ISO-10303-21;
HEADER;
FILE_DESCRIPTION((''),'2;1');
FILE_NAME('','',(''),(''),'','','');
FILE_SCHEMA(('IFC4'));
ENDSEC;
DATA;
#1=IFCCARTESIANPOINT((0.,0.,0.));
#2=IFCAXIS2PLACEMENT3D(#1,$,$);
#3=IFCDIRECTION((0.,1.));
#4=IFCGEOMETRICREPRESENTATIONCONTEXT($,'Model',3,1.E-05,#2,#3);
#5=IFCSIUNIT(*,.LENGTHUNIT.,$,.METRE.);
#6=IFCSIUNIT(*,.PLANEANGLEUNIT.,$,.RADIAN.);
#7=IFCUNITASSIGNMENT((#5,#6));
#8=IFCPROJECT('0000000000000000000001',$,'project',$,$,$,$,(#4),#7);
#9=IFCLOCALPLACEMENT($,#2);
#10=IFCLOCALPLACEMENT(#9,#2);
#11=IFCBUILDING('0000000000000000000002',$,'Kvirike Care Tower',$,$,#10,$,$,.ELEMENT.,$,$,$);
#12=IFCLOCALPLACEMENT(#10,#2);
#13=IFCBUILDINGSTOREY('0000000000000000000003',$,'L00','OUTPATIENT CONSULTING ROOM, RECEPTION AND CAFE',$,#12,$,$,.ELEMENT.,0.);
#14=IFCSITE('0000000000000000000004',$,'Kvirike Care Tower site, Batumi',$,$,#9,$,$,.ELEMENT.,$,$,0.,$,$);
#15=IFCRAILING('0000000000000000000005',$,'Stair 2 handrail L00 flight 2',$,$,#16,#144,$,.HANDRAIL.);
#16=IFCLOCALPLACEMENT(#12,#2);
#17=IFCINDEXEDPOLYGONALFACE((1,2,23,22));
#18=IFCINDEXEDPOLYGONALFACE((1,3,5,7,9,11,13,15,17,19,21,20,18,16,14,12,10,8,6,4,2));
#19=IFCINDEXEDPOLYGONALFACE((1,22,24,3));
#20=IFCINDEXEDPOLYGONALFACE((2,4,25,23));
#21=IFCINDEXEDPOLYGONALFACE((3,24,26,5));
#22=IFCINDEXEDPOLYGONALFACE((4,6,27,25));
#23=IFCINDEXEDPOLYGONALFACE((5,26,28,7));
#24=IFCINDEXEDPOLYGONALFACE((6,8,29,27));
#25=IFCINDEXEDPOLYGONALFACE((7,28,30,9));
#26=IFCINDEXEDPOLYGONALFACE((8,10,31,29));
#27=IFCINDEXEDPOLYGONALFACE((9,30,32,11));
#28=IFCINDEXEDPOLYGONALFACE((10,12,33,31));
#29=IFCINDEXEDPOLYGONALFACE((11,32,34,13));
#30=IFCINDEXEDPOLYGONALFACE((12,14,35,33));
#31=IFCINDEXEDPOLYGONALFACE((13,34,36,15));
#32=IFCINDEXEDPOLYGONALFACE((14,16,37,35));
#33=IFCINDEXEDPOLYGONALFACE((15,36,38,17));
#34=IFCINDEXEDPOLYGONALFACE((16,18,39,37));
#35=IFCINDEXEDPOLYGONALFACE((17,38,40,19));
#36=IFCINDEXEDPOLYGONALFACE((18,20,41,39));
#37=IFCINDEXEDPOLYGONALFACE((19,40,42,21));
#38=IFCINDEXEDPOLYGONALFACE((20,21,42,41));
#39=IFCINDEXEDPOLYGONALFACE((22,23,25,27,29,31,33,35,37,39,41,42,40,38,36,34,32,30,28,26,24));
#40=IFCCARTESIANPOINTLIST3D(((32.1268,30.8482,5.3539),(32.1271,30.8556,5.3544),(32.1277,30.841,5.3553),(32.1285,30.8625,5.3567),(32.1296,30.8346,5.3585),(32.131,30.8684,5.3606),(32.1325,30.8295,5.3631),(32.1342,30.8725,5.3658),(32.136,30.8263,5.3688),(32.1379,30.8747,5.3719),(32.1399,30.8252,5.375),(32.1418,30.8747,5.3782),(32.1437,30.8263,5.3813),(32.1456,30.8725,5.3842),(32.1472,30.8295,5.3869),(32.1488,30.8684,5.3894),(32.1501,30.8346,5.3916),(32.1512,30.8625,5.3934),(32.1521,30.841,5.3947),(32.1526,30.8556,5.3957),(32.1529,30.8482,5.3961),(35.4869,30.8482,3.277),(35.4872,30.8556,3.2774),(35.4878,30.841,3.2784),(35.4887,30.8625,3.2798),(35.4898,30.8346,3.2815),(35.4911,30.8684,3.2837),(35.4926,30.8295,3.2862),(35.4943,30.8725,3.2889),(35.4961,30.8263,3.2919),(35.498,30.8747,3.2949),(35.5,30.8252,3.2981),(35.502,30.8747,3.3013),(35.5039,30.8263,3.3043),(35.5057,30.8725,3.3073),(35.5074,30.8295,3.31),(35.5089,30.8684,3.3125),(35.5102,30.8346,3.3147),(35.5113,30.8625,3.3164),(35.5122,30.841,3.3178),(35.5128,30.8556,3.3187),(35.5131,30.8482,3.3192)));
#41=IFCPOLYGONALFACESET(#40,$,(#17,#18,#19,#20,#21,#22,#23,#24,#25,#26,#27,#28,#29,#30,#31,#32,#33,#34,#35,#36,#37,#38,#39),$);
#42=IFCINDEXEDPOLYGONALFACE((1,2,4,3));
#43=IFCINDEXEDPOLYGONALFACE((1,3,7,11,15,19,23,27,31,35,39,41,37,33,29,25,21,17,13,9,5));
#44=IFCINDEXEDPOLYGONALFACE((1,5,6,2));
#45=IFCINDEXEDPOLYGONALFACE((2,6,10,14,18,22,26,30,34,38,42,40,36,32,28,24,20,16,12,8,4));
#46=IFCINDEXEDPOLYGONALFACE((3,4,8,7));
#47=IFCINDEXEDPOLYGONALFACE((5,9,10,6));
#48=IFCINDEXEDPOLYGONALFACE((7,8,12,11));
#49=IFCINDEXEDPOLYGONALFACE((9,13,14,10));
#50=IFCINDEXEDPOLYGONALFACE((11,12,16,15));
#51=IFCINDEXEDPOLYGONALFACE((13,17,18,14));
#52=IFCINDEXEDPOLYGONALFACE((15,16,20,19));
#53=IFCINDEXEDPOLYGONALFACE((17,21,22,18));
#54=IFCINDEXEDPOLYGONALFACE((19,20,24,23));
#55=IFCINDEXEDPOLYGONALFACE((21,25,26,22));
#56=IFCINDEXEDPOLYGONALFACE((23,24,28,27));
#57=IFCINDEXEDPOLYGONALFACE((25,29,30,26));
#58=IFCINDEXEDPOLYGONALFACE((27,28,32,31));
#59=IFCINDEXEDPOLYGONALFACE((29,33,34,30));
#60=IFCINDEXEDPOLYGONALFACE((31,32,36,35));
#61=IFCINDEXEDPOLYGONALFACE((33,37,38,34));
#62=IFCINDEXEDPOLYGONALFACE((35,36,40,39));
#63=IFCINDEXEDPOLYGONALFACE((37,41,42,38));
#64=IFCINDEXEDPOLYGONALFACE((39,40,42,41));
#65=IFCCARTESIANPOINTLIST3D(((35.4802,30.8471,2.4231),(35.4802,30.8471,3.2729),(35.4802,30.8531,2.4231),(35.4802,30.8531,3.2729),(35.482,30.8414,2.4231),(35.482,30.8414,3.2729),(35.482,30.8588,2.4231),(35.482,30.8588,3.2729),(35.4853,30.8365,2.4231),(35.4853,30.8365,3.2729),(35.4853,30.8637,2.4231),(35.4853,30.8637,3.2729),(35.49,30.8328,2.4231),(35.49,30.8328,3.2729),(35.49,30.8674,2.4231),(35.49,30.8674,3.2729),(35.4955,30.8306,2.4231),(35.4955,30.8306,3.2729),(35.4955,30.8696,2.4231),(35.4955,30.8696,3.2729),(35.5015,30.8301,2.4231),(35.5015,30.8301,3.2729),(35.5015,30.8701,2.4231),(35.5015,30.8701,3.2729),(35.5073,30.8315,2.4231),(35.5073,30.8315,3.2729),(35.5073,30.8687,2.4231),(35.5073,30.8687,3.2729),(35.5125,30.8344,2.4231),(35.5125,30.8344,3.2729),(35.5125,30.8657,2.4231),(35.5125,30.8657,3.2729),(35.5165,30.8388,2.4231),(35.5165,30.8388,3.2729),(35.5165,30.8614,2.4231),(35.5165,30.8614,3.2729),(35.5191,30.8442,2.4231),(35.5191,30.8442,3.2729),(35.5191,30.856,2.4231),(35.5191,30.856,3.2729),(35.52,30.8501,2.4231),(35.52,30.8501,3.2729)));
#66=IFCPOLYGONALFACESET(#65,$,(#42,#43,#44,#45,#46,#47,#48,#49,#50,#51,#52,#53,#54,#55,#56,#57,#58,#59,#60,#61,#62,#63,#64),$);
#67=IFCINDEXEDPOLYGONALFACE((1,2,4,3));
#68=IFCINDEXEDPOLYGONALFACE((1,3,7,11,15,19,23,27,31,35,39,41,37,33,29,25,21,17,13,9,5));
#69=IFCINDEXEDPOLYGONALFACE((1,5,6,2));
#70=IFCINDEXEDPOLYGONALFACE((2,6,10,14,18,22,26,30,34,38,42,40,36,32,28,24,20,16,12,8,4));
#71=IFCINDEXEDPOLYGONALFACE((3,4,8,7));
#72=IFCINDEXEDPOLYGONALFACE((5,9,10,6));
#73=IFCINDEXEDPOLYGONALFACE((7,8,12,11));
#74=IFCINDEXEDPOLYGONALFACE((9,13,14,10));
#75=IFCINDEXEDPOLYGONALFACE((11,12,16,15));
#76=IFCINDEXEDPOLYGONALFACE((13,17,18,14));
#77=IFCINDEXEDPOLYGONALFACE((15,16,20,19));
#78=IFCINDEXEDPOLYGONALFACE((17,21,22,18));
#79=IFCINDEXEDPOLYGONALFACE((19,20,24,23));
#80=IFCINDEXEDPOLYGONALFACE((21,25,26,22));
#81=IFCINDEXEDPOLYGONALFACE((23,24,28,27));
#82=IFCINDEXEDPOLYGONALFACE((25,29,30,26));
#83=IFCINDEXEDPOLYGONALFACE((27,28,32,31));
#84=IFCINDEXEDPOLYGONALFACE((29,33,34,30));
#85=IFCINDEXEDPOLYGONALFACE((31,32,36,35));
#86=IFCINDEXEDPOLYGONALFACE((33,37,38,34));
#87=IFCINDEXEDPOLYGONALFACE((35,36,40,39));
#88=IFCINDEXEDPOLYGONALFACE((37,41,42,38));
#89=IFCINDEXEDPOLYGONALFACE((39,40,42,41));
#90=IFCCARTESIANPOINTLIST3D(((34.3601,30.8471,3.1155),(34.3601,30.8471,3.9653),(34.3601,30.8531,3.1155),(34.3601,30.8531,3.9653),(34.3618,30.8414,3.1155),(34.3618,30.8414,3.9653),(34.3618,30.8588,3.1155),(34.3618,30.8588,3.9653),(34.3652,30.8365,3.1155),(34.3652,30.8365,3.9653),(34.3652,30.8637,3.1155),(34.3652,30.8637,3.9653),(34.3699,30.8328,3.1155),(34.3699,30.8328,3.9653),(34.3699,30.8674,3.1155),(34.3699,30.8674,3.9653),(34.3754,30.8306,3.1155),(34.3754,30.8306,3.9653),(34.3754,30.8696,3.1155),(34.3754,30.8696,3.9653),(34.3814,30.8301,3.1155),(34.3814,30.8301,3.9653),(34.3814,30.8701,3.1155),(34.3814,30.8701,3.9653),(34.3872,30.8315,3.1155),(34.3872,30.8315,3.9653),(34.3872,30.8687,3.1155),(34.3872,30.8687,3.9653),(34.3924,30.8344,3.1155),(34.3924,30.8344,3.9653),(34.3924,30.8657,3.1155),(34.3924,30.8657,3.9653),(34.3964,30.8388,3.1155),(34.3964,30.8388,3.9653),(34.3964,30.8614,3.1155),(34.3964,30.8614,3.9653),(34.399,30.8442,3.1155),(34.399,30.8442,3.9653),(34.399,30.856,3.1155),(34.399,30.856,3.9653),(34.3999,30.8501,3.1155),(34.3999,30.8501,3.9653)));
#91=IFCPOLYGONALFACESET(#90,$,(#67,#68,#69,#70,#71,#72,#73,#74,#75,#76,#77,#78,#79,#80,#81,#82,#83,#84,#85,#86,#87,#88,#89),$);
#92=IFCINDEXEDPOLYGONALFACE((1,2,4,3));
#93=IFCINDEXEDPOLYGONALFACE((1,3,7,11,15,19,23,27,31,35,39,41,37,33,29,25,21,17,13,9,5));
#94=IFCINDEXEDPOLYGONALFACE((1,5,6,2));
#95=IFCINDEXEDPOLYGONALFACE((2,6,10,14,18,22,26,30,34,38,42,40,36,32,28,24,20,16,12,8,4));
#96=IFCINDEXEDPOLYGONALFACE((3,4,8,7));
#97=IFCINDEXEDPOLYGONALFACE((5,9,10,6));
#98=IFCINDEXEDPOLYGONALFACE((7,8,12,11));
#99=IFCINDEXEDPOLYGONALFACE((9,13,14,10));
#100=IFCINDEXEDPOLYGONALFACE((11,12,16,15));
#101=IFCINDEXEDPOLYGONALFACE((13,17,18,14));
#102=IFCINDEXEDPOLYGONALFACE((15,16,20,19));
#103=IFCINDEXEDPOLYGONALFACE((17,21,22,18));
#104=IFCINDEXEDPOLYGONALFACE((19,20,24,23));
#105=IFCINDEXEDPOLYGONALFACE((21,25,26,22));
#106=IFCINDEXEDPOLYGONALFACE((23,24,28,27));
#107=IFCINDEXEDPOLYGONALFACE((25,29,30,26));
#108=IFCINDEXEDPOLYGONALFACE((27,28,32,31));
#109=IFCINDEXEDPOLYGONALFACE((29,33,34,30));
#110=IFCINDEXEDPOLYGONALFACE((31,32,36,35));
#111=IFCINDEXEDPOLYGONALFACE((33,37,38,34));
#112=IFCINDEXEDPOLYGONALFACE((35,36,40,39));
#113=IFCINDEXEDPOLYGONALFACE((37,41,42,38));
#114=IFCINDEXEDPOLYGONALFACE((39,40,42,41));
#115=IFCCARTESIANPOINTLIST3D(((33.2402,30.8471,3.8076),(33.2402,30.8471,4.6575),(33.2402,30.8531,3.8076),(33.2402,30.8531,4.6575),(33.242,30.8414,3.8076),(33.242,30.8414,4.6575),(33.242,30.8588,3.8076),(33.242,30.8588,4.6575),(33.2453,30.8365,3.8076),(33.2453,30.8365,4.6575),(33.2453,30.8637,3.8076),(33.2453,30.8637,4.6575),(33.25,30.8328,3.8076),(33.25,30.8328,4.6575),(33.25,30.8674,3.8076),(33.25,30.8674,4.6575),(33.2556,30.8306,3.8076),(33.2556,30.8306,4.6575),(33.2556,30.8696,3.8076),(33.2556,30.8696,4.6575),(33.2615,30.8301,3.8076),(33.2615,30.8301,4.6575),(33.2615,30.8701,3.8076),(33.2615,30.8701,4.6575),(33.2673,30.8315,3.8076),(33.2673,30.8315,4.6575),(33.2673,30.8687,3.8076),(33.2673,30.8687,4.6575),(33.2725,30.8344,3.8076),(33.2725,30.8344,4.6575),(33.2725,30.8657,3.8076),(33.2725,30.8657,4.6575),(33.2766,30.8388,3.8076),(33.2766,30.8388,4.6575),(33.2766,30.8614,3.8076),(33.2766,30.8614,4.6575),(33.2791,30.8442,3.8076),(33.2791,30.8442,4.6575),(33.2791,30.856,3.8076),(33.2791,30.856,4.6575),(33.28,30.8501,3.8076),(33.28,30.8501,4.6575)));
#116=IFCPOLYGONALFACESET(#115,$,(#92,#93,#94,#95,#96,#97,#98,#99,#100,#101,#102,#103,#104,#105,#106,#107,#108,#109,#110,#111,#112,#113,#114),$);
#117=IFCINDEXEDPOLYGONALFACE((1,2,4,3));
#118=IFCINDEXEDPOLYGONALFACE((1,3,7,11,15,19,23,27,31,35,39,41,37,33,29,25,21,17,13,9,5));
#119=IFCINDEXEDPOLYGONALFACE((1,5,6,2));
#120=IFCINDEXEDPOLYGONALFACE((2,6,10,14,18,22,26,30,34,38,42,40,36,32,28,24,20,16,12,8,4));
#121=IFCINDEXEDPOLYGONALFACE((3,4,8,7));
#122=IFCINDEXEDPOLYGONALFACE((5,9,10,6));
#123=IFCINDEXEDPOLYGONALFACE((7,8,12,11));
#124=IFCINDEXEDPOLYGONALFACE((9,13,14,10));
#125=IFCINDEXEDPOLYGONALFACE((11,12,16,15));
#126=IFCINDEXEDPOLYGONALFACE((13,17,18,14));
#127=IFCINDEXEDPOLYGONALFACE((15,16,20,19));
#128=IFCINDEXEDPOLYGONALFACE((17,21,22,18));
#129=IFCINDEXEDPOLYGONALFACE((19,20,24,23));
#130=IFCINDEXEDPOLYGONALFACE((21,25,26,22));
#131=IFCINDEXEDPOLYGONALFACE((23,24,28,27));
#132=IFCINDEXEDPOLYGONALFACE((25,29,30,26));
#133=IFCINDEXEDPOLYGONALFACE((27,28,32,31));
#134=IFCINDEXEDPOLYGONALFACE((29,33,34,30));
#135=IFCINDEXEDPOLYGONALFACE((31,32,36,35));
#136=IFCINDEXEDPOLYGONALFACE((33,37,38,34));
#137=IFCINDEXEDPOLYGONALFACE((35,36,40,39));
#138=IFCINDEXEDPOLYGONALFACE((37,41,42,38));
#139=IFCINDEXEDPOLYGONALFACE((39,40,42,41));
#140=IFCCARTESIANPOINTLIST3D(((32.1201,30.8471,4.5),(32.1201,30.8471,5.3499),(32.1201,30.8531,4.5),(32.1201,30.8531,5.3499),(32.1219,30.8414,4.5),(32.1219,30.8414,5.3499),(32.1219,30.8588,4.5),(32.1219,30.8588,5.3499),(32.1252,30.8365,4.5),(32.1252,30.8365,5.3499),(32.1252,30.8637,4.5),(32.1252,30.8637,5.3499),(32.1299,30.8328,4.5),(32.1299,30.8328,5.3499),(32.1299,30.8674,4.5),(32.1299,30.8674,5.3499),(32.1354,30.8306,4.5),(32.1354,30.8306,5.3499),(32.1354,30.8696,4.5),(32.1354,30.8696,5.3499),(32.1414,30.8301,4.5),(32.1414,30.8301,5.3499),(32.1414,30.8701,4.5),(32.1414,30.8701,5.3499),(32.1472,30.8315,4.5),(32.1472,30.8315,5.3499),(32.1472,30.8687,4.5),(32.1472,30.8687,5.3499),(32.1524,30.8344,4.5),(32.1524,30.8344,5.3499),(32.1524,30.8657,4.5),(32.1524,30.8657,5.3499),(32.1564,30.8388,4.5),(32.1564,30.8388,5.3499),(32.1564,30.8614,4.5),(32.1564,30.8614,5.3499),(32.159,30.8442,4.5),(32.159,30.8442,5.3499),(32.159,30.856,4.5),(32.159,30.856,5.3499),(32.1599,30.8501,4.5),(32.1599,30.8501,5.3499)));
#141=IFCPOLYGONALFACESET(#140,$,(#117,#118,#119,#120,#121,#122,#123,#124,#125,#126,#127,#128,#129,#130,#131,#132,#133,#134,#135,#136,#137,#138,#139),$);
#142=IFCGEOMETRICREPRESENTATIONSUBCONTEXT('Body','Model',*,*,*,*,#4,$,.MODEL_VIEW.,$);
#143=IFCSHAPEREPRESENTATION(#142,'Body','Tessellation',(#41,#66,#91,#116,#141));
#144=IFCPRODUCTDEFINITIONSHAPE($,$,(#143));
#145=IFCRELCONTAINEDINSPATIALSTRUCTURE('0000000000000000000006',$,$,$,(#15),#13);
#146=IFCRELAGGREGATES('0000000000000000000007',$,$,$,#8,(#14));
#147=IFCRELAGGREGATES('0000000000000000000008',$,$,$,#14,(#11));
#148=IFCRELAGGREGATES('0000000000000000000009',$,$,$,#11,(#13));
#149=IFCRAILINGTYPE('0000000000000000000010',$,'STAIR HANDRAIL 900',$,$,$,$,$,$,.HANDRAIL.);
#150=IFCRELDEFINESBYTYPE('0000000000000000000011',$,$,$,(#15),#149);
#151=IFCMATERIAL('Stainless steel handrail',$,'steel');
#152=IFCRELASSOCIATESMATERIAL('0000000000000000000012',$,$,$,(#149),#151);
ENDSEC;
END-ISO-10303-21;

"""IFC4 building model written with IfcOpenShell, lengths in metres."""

from ifc_helpers import new_model, si_unit, direction, frame, origin, origin_2d, place, context, subcontext, project, spatial, circle, extrude, material, type_object, element, save


model = new_model("IFC4")

# Units and contexts
model_context = context("Model", 3, precision=1e-05, world=origin(), true_north=direction((0.0, 1.0)))
body_context = subcontext(model_context, "Body", "Model", "MODEL_VIEW")
ifc_project = project(units=[si_unit("LENGTHUNIT", "METRE"), si_unit("PLANEANGLEUNIT", "RADIAN")], contexts=[model_context])

# Site, building, storey
site_placement = place(None, origin())
site = spatial("IfcSite", under=ifc_project, at=site_placement, Name="Kvirike Care Tower site, Batumi", CompositionType="ELEMENT", RefElevation=0.0)
building_placement = place(site_placement, origin())
building = spatial("IfcBuilding", under=site, at=building_placement, Name="Kvirike Care Tower", CompositionType="ELEMENT")
storey_placement = place(building_placement, origin())
storey = spatial("IfcBuildingStorey", under=building, at=storey_placement, Name="L00", Description="OUTPATIENT CONSULTING ROOM, RECEPTION AND CAFE", CompositionType="ELEMENT", Elevation=0.0)

# Railing
ifc_material_1 = material(Name="Stainless steel handrail", Category="steel")
railing_type = type_object("IfcRailingType", Name="STAIR HANDRAIL 900", PredefinedType="HANDRAIL", material=ifc_material_1)
railing_placement = place(storey_placement, frame((35.5, 30.8501, 2.4231)))
element("IfcRailing", 1, at=railing_placement, inside=storey, type_object=railing_type, Name="Stair 2 handrail L00 flight 2", PredefinedType="HANDRAIL", context=body_context, shape_type="SweptSolid", body=[
    extrude(circle(Radius=0.0249, at=origin_2d()), frame((0.0, 0.0, 0.875), z_axis=(-0.850623, 0.0, 0.525776), x_axis=(0.0, -1.0, 0.0)), (0.0, 0.0, 1.0), 3.9502),
    extrude(circle(Radius=0.02, at=origin_2d()), origin(), (0.0, 0.0, 1.0), 0.8499),
    extrude(circle(Radius=0.02, at=origin_2d()), frame((-1.1201, 0.0, 0.6924)), (0.0, 0.0, 1.0), 0.8499),
    extrude(circle(Radius=0.02, at=origin_2d()), frame((-2.24, 0.0, 1.3845)), (0.0, 0.0, 1.0), 0.8499),
    extrude(circle(Radius=0.02, at=origin_2d()), frame((-3.3601, 0.0, 2.0769)), (0.0, 0.0, 1.0), 0.8499),
])

save(model, "model.ifc")
